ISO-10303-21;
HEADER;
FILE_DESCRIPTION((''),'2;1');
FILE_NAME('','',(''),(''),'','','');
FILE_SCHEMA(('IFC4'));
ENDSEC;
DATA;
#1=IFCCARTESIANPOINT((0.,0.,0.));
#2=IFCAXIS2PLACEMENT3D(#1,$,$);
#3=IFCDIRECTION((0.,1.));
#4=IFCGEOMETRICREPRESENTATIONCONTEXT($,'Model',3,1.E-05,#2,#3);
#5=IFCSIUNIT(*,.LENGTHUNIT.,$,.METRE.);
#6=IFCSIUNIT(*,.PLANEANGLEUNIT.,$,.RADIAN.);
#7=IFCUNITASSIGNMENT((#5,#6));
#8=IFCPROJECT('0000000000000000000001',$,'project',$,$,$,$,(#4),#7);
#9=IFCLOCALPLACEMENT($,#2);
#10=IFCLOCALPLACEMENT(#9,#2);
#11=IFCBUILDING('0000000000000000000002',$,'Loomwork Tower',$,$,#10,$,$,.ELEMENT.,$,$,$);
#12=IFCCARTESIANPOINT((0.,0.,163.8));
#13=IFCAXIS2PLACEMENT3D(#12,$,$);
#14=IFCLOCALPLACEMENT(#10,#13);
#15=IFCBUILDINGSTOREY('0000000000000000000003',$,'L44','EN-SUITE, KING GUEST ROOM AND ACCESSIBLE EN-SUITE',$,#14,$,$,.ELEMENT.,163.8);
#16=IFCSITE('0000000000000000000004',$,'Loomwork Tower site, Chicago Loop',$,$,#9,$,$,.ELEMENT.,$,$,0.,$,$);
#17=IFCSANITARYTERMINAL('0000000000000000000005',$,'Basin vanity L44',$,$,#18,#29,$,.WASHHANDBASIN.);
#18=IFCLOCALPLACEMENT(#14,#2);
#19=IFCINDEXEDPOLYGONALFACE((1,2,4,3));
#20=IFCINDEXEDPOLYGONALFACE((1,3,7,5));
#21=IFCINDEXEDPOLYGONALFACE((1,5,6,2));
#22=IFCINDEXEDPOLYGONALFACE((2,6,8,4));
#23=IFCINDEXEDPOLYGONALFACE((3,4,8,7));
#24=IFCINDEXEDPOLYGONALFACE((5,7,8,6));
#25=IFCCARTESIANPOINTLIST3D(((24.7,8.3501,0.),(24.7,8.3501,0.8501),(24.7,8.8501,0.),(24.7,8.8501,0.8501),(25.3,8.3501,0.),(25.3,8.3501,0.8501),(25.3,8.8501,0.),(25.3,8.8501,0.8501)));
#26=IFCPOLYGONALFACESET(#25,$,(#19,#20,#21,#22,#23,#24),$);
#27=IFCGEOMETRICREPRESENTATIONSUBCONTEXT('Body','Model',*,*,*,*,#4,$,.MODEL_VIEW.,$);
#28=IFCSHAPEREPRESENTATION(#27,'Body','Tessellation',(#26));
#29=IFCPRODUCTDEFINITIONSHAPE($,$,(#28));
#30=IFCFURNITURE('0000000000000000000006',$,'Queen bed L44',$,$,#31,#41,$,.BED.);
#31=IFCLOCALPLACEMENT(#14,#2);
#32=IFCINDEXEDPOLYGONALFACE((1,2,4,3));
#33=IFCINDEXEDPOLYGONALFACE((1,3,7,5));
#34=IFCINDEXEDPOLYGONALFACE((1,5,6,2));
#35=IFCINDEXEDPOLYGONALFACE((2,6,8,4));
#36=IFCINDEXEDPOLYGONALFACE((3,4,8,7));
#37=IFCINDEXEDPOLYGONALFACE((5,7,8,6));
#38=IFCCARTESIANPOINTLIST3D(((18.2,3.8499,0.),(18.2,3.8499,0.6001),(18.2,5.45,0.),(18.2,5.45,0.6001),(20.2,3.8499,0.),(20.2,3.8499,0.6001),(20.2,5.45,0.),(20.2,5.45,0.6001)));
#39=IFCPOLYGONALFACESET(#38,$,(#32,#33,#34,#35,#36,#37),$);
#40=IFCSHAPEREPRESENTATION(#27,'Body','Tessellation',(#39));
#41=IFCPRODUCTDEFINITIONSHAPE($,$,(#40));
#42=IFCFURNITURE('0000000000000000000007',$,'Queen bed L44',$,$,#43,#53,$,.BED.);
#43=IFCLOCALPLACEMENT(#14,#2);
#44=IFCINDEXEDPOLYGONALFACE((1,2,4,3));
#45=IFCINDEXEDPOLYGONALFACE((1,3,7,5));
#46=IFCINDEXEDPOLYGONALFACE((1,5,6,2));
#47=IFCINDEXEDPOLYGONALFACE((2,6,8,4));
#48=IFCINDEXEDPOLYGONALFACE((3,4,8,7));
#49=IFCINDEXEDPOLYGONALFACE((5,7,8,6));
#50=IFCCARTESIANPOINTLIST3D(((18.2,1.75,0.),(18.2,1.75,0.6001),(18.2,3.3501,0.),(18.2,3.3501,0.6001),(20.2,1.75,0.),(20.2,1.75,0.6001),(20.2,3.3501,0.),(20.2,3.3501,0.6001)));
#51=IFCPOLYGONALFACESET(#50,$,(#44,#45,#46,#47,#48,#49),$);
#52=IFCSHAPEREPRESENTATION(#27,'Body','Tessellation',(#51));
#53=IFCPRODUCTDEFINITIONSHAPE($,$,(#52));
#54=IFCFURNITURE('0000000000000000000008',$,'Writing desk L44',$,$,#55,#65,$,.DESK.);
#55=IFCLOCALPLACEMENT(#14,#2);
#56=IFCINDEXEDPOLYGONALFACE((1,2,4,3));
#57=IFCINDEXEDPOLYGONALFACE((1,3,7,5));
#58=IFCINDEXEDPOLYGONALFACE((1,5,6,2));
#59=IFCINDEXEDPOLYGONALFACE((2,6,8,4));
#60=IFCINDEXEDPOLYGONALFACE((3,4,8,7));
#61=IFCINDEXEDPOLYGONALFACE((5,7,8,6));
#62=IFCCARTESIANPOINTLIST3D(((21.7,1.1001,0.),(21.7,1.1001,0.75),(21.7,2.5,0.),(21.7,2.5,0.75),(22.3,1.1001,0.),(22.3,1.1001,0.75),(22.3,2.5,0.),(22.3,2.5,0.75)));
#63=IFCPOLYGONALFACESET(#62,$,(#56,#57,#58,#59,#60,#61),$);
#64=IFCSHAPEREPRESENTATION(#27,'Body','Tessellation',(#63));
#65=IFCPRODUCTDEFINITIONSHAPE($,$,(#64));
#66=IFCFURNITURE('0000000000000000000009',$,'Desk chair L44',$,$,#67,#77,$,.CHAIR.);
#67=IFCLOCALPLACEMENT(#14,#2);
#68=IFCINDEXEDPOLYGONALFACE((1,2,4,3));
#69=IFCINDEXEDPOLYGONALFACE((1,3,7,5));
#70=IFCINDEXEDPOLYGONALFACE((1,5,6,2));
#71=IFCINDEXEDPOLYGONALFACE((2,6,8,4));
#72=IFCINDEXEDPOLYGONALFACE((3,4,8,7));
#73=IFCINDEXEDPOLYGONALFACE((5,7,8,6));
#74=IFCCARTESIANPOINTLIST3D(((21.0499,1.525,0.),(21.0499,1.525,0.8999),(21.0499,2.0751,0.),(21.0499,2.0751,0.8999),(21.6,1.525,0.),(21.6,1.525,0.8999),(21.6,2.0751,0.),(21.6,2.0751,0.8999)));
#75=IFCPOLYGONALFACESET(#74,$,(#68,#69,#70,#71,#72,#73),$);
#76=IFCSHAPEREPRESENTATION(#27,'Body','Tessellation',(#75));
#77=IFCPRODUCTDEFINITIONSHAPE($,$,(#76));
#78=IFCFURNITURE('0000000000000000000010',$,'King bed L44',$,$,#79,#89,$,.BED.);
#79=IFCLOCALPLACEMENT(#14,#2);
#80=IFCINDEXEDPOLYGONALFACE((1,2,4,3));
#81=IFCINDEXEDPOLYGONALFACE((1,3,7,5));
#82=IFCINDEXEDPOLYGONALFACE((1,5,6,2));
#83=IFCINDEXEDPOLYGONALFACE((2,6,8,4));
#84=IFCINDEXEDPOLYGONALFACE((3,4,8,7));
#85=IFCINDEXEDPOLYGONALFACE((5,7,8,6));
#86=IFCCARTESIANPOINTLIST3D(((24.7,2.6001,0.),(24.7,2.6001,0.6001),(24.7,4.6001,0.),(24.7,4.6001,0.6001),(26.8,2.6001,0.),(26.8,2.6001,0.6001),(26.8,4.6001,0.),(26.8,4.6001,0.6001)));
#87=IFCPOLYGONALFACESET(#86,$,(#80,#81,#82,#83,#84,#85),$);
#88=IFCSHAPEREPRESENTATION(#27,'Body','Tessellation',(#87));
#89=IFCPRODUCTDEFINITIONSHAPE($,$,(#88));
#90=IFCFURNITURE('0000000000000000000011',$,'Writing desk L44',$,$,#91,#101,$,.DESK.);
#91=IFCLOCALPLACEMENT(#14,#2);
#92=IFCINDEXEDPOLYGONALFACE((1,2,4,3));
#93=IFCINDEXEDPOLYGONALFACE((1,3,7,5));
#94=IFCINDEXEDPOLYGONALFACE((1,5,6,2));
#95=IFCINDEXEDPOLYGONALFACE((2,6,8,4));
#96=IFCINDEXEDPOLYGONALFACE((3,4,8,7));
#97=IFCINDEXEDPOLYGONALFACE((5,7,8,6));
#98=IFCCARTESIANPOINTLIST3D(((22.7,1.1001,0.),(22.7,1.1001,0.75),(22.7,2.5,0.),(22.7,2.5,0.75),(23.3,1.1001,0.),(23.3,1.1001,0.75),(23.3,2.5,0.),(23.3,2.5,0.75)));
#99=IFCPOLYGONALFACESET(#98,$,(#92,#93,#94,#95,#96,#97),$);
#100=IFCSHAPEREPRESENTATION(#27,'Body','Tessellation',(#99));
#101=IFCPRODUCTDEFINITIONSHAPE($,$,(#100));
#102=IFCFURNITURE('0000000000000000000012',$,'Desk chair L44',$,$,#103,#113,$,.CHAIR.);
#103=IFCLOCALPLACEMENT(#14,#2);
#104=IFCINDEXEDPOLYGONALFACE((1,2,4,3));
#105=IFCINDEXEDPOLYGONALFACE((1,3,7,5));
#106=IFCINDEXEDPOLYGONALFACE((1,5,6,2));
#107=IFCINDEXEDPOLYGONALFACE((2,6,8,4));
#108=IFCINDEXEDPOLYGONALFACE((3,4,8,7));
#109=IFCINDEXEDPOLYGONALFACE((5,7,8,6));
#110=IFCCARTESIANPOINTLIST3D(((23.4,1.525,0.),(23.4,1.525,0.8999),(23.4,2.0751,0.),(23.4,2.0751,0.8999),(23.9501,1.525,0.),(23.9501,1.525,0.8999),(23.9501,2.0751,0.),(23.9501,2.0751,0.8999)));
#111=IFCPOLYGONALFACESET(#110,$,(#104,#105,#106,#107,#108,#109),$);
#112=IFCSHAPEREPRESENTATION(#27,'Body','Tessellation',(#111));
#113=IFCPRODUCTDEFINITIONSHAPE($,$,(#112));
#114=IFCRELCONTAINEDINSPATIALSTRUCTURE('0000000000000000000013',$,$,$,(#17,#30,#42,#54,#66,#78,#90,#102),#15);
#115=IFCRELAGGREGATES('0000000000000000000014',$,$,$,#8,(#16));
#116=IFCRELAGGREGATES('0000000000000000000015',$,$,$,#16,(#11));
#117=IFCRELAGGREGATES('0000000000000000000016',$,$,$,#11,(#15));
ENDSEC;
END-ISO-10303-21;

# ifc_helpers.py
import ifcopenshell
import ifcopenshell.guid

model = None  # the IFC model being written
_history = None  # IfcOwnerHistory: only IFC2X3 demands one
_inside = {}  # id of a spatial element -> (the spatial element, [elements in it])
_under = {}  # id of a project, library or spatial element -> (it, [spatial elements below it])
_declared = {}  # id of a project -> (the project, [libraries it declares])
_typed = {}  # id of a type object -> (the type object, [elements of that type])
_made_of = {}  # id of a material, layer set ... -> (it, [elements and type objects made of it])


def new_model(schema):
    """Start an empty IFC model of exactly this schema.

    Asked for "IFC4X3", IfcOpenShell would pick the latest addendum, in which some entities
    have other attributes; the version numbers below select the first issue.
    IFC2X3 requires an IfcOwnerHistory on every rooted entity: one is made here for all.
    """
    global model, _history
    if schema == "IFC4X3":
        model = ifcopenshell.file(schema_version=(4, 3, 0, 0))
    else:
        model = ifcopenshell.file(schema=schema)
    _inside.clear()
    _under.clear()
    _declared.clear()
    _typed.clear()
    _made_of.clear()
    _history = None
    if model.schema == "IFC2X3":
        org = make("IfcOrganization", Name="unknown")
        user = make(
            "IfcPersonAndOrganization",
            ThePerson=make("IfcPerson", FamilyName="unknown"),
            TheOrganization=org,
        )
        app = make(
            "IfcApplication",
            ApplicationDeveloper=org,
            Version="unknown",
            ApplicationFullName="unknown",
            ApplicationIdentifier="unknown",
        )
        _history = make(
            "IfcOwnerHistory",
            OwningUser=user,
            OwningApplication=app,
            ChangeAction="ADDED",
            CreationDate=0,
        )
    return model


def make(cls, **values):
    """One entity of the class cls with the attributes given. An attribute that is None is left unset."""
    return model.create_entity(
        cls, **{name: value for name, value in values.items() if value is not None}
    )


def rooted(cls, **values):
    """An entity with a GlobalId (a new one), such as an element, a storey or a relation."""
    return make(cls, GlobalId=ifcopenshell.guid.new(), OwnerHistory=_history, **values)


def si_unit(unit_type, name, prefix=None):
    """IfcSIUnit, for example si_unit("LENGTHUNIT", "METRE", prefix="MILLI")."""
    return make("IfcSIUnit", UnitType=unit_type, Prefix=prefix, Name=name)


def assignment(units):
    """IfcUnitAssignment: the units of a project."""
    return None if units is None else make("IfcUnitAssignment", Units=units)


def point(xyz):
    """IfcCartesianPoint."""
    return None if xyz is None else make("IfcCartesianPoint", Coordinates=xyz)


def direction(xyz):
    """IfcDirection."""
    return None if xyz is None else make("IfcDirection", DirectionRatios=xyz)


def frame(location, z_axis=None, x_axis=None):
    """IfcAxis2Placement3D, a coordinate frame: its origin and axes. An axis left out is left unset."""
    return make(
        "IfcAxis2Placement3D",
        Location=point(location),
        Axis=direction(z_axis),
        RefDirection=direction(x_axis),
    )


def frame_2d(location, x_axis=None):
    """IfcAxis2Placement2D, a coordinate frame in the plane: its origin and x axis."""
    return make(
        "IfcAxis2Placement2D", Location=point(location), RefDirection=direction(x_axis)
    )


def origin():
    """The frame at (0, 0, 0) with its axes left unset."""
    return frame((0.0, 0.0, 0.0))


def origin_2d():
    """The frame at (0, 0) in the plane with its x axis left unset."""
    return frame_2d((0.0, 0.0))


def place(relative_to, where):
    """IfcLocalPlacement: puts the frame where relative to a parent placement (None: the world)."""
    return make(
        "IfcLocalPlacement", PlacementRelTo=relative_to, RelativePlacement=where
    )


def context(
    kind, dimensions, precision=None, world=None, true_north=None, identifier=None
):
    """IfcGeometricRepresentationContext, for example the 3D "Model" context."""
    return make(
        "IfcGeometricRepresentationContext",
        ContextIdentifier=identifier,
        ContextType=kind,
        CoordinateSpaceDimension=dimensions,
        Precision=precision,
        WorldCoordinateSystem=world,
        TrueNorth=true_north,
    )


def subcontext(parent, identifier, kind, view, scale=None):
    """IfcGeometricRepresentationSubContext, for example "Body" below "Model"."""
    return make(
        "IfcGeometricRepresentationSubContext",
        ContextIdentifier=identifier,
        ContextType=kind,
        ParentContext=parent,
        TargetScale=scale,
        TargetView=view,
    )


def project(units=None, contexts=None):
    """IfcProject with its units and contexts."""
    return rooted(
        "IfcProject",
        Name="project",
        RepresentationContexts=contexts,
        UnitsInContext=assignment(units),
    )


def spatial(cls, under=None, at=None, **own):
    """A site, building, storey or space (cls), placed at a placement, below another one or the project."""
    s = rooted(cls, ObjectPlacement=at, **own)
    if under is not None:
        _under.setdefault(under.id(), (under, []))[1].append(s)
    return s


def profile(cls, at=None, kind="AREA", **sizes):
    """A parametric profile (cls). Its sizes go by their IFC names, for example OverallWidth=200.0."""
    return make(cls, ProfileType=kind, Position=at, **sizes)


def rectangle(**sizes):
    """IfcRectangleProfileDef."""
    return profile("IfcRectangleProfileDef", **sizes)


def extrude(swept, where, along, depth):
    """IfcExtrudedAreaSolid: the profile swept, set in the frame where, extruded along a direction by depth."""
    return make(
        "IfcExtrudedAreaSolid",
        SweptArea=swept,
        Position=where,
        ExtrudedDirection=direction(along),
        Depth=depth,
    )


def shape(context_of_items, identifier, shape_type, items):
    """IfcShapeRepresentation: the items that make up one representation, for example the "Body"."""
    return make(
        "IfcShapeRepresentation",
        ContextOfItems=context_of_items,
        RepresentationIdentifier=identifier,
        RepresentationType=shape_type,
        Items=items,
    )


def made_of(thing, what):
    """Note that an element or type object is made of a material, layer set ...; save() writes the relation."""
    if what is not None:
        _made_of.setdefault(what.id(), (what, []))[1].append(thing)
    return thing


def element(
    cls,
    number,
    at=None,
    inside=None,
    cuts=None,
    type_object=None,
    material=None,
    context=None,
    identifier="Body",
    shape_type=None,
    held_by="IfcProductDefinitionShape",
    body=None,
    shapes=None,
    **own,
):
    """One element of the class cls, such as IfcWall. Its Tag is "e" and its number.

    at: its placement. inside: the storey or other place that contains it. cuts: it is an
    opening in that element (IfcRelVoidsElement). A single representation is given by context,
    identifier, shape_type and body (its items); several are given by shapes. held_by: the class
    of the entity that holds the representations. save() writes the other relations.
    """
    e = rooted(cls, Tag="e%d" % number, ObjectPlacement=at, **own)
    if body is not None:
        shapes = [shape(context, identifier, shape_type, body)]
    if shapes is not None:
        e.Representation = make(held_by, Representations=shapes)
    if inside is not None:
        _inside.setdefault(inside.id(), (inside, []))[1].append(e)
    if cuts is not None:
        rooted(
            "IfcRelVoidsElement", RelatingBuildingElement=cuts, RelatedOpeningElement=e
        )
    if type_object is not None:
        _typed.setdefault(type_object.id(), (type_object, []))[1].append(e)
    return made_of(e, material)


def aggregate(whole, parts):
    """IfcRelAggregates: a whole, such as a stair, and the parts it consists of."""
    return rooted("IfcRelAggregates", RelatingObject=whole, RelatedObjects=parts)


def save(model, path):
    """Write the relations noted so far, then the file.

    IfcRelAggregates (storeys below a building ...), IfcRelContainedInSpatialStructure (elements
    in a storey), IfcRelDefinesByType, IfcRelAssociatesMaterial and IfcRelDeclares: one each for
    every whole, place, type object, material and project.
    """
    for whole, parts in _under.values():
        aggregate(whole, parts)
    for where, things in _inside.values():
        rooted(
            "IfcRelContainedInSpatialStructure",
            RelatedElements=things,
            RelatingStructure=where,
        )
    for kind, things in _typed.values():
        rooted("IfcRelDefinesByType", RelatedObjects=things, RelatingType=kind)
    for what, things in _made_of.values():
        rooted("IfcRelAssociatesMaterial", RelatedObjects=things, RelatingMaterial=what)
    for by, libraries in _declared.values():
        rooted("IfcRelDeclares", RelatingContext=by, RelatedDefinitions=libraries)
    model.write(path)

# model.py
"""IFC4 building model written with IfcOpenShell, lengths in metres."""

from ifc_helpers import new_model, si_unit, direction, frame, origin, origin_2d, place, context, subcontext, project, spatial, rectangle, extrude, element, save


model = new_model("IFC4")

# Units and contexts
model_context = context("Model", 3, precision=1e-05, world=origin(), true_north=direction((0.0, 1.0)))
body_context = subcontext(model_context, "Body", "Model", "MODEL_VIEW")
ifc_project = project(units=[si_unit("LENGTHUNIT", "METRE"), si_unit("PLANEANGLEUNIT", "RADIAN")], contexts=[model_context])

# Site, building, storey
site_placement = place(None, origin())
site = spatial("IfcSite", under=ifc_project, at=site_placement, Name="Loomwork Tower site, Chicago Loop", CompositionType="ELEMENT", RefElevation=0.0)
building_placement = place(site_placement, origin())
building = spatial("IfcBuilding", under=site, at=building_placement, Name="Loomwork Tower", CompositionType="ELEMENT")
storey_placement = place(building_placement, frame((0.0, 0.0, 163.8)))
storey = spatial("IfcBuildingStorey", under=building, at=storey_placement, Name="L44", Description="EN-SUITE, KING GUEST ROOM AND ACCESSIBLE EN-SUITE", CompositionType="ELEMENT", Elevation=163.8)

# Sanitary terminal
sanitary_terminal_1_placement = place(storey_placement, frame((25.0, 8.6001, 0.0), z_axis=(0.0, 0.0, 1.0), x_axis=(1.0, 0.0, 0.0)))
element("IfcSanitaryTerminal", 1, at=sanitary_terminal_1_placement, inside=storey, Name="Basin vanity L44", PredefinedType="WASHHANDBASIN", context=body_context, shape_type="SweptSolid", body=[
    extrude(rectangle(XDim=0.6001, YDim=0.5, at=origin_2d()), origin(), (0.0, 0.0, 1.0), 0.8501),
])

# Furniture
for number, where, z_axis, x_axis, name in (
    (2, (19.2, 4.6499, 0.0), (0.0, 0.0, 1.0), (1.0, 0.0, 0.0), "Queen bed L44"),
    (3, (19.2, 2.55, 0.0), (0.0, 0.0, 1.0), (1.0, 0.0, 0.0), "Queen bed L44"),
):
    element("IfcFurniture", number, at=place(storey_placement, frame(where, z_axis=z_axis, x_axis=x_axis)), inside=storey, Name=name, PredefinedType="BED", context=body_context, shape_type="SweptSolid", body=[
        extrude(rectangle(XDim=2.0, YDim=1.6001, at=origin_2d()), origin(), (0.0, 0.0, 1.0), 0.6001),
    ])
furniture_1_placement = place(storey_placement, frame((22.0, 1.8, 0.0), z_axis=(0.0, 0.0, 1.0), x_axis=(1.0, 0.0, 0.0)))
element("IfcFurniture", 4, at=furniture_1_placement, inside=storey, Name="Writing desk L44", PredefinedType="DESK", context=body_context, shape_type="SweptSolid", body=[
    extrude(rectangle(XDim=0.6001, YDim=1.3999, at=origin_2d()), origin(), (0.0, 0.0, 1.0), 0.75),
])
furniture_2_placement = place(storey_placement, frame((21.325, 1.8, 0.0), z_axis=(0.0, 0.0, 1.0), x_axis=(1.0, 0.0, 0.0)))
element("IfcFurniture", 5, at=furniture_2_placement, inside=storey, Name="Desk chair L44", PredefinedType="CHAIR", context=body_context, shape_type="SweptSolid", body=[
    extrude(rectangle(XDim=0.55, YDim=0.55, at=origin_2d()), origin(), (0.0, 0.0, 1.0), 0.8999),
])
furniture_3_placement = place(storey_placement, frame((25.75, 3.6001, 0.0), z_axis=(0.0, 0.0, 1.0), x_axis=(1.0, 0.0, 0.0)))
element("IfcFurniture", 6, at=furniture_3_placement, inside=storey, Name="King bed L44", PredefinedType="BED", context=body_context, shape_type="SweptSolid", body=[
    extrude(rectangle(XDim=2.1001, YDim=2.0, at=origin_2d()), origin(), (0.0, 0.0, 1.0), 0.6001),
])
furniture_4_placement = place(storey_placement, frame((23.0, 1.8, 0.0), z_axis=(0.0, 0.0, 1.0), x_axis=(1.0, 0.0, 0.0)))
element("IfcFurniture", 7, at=furniture_4_placement, inside=storey, Name="Writing desk L44", PredefinedType="DESK", context=body_context, shape_type="SweptSolid", body=[
    extrude(rectangle(XDim=0.6001, YDim=1.3999, at=origin_2d()), origin(), (0.0, 0.0, 1.0), 0.75),
])
furniture_5_placement = place(storey_placement, frame((23.675, 1.8, 0.0), z_axis=(0.0, 0.0, 1.0), x_axis=(1.0, 0.0, 0.0)))
element("IfcFurniture", 8, at=furniture_5_placement, inside=storey, Name="Desk chair L44", PredefinedType="CHAIR", context=body_context, shape_type="SweptSolid", body=[
    extrude(rectangle(XDim=0.55, YDim=0.55, at=origin_2d()), origin(), (0.0, 0.0, 1.0), 0.8999),
])

save(model, "model.ifc")
